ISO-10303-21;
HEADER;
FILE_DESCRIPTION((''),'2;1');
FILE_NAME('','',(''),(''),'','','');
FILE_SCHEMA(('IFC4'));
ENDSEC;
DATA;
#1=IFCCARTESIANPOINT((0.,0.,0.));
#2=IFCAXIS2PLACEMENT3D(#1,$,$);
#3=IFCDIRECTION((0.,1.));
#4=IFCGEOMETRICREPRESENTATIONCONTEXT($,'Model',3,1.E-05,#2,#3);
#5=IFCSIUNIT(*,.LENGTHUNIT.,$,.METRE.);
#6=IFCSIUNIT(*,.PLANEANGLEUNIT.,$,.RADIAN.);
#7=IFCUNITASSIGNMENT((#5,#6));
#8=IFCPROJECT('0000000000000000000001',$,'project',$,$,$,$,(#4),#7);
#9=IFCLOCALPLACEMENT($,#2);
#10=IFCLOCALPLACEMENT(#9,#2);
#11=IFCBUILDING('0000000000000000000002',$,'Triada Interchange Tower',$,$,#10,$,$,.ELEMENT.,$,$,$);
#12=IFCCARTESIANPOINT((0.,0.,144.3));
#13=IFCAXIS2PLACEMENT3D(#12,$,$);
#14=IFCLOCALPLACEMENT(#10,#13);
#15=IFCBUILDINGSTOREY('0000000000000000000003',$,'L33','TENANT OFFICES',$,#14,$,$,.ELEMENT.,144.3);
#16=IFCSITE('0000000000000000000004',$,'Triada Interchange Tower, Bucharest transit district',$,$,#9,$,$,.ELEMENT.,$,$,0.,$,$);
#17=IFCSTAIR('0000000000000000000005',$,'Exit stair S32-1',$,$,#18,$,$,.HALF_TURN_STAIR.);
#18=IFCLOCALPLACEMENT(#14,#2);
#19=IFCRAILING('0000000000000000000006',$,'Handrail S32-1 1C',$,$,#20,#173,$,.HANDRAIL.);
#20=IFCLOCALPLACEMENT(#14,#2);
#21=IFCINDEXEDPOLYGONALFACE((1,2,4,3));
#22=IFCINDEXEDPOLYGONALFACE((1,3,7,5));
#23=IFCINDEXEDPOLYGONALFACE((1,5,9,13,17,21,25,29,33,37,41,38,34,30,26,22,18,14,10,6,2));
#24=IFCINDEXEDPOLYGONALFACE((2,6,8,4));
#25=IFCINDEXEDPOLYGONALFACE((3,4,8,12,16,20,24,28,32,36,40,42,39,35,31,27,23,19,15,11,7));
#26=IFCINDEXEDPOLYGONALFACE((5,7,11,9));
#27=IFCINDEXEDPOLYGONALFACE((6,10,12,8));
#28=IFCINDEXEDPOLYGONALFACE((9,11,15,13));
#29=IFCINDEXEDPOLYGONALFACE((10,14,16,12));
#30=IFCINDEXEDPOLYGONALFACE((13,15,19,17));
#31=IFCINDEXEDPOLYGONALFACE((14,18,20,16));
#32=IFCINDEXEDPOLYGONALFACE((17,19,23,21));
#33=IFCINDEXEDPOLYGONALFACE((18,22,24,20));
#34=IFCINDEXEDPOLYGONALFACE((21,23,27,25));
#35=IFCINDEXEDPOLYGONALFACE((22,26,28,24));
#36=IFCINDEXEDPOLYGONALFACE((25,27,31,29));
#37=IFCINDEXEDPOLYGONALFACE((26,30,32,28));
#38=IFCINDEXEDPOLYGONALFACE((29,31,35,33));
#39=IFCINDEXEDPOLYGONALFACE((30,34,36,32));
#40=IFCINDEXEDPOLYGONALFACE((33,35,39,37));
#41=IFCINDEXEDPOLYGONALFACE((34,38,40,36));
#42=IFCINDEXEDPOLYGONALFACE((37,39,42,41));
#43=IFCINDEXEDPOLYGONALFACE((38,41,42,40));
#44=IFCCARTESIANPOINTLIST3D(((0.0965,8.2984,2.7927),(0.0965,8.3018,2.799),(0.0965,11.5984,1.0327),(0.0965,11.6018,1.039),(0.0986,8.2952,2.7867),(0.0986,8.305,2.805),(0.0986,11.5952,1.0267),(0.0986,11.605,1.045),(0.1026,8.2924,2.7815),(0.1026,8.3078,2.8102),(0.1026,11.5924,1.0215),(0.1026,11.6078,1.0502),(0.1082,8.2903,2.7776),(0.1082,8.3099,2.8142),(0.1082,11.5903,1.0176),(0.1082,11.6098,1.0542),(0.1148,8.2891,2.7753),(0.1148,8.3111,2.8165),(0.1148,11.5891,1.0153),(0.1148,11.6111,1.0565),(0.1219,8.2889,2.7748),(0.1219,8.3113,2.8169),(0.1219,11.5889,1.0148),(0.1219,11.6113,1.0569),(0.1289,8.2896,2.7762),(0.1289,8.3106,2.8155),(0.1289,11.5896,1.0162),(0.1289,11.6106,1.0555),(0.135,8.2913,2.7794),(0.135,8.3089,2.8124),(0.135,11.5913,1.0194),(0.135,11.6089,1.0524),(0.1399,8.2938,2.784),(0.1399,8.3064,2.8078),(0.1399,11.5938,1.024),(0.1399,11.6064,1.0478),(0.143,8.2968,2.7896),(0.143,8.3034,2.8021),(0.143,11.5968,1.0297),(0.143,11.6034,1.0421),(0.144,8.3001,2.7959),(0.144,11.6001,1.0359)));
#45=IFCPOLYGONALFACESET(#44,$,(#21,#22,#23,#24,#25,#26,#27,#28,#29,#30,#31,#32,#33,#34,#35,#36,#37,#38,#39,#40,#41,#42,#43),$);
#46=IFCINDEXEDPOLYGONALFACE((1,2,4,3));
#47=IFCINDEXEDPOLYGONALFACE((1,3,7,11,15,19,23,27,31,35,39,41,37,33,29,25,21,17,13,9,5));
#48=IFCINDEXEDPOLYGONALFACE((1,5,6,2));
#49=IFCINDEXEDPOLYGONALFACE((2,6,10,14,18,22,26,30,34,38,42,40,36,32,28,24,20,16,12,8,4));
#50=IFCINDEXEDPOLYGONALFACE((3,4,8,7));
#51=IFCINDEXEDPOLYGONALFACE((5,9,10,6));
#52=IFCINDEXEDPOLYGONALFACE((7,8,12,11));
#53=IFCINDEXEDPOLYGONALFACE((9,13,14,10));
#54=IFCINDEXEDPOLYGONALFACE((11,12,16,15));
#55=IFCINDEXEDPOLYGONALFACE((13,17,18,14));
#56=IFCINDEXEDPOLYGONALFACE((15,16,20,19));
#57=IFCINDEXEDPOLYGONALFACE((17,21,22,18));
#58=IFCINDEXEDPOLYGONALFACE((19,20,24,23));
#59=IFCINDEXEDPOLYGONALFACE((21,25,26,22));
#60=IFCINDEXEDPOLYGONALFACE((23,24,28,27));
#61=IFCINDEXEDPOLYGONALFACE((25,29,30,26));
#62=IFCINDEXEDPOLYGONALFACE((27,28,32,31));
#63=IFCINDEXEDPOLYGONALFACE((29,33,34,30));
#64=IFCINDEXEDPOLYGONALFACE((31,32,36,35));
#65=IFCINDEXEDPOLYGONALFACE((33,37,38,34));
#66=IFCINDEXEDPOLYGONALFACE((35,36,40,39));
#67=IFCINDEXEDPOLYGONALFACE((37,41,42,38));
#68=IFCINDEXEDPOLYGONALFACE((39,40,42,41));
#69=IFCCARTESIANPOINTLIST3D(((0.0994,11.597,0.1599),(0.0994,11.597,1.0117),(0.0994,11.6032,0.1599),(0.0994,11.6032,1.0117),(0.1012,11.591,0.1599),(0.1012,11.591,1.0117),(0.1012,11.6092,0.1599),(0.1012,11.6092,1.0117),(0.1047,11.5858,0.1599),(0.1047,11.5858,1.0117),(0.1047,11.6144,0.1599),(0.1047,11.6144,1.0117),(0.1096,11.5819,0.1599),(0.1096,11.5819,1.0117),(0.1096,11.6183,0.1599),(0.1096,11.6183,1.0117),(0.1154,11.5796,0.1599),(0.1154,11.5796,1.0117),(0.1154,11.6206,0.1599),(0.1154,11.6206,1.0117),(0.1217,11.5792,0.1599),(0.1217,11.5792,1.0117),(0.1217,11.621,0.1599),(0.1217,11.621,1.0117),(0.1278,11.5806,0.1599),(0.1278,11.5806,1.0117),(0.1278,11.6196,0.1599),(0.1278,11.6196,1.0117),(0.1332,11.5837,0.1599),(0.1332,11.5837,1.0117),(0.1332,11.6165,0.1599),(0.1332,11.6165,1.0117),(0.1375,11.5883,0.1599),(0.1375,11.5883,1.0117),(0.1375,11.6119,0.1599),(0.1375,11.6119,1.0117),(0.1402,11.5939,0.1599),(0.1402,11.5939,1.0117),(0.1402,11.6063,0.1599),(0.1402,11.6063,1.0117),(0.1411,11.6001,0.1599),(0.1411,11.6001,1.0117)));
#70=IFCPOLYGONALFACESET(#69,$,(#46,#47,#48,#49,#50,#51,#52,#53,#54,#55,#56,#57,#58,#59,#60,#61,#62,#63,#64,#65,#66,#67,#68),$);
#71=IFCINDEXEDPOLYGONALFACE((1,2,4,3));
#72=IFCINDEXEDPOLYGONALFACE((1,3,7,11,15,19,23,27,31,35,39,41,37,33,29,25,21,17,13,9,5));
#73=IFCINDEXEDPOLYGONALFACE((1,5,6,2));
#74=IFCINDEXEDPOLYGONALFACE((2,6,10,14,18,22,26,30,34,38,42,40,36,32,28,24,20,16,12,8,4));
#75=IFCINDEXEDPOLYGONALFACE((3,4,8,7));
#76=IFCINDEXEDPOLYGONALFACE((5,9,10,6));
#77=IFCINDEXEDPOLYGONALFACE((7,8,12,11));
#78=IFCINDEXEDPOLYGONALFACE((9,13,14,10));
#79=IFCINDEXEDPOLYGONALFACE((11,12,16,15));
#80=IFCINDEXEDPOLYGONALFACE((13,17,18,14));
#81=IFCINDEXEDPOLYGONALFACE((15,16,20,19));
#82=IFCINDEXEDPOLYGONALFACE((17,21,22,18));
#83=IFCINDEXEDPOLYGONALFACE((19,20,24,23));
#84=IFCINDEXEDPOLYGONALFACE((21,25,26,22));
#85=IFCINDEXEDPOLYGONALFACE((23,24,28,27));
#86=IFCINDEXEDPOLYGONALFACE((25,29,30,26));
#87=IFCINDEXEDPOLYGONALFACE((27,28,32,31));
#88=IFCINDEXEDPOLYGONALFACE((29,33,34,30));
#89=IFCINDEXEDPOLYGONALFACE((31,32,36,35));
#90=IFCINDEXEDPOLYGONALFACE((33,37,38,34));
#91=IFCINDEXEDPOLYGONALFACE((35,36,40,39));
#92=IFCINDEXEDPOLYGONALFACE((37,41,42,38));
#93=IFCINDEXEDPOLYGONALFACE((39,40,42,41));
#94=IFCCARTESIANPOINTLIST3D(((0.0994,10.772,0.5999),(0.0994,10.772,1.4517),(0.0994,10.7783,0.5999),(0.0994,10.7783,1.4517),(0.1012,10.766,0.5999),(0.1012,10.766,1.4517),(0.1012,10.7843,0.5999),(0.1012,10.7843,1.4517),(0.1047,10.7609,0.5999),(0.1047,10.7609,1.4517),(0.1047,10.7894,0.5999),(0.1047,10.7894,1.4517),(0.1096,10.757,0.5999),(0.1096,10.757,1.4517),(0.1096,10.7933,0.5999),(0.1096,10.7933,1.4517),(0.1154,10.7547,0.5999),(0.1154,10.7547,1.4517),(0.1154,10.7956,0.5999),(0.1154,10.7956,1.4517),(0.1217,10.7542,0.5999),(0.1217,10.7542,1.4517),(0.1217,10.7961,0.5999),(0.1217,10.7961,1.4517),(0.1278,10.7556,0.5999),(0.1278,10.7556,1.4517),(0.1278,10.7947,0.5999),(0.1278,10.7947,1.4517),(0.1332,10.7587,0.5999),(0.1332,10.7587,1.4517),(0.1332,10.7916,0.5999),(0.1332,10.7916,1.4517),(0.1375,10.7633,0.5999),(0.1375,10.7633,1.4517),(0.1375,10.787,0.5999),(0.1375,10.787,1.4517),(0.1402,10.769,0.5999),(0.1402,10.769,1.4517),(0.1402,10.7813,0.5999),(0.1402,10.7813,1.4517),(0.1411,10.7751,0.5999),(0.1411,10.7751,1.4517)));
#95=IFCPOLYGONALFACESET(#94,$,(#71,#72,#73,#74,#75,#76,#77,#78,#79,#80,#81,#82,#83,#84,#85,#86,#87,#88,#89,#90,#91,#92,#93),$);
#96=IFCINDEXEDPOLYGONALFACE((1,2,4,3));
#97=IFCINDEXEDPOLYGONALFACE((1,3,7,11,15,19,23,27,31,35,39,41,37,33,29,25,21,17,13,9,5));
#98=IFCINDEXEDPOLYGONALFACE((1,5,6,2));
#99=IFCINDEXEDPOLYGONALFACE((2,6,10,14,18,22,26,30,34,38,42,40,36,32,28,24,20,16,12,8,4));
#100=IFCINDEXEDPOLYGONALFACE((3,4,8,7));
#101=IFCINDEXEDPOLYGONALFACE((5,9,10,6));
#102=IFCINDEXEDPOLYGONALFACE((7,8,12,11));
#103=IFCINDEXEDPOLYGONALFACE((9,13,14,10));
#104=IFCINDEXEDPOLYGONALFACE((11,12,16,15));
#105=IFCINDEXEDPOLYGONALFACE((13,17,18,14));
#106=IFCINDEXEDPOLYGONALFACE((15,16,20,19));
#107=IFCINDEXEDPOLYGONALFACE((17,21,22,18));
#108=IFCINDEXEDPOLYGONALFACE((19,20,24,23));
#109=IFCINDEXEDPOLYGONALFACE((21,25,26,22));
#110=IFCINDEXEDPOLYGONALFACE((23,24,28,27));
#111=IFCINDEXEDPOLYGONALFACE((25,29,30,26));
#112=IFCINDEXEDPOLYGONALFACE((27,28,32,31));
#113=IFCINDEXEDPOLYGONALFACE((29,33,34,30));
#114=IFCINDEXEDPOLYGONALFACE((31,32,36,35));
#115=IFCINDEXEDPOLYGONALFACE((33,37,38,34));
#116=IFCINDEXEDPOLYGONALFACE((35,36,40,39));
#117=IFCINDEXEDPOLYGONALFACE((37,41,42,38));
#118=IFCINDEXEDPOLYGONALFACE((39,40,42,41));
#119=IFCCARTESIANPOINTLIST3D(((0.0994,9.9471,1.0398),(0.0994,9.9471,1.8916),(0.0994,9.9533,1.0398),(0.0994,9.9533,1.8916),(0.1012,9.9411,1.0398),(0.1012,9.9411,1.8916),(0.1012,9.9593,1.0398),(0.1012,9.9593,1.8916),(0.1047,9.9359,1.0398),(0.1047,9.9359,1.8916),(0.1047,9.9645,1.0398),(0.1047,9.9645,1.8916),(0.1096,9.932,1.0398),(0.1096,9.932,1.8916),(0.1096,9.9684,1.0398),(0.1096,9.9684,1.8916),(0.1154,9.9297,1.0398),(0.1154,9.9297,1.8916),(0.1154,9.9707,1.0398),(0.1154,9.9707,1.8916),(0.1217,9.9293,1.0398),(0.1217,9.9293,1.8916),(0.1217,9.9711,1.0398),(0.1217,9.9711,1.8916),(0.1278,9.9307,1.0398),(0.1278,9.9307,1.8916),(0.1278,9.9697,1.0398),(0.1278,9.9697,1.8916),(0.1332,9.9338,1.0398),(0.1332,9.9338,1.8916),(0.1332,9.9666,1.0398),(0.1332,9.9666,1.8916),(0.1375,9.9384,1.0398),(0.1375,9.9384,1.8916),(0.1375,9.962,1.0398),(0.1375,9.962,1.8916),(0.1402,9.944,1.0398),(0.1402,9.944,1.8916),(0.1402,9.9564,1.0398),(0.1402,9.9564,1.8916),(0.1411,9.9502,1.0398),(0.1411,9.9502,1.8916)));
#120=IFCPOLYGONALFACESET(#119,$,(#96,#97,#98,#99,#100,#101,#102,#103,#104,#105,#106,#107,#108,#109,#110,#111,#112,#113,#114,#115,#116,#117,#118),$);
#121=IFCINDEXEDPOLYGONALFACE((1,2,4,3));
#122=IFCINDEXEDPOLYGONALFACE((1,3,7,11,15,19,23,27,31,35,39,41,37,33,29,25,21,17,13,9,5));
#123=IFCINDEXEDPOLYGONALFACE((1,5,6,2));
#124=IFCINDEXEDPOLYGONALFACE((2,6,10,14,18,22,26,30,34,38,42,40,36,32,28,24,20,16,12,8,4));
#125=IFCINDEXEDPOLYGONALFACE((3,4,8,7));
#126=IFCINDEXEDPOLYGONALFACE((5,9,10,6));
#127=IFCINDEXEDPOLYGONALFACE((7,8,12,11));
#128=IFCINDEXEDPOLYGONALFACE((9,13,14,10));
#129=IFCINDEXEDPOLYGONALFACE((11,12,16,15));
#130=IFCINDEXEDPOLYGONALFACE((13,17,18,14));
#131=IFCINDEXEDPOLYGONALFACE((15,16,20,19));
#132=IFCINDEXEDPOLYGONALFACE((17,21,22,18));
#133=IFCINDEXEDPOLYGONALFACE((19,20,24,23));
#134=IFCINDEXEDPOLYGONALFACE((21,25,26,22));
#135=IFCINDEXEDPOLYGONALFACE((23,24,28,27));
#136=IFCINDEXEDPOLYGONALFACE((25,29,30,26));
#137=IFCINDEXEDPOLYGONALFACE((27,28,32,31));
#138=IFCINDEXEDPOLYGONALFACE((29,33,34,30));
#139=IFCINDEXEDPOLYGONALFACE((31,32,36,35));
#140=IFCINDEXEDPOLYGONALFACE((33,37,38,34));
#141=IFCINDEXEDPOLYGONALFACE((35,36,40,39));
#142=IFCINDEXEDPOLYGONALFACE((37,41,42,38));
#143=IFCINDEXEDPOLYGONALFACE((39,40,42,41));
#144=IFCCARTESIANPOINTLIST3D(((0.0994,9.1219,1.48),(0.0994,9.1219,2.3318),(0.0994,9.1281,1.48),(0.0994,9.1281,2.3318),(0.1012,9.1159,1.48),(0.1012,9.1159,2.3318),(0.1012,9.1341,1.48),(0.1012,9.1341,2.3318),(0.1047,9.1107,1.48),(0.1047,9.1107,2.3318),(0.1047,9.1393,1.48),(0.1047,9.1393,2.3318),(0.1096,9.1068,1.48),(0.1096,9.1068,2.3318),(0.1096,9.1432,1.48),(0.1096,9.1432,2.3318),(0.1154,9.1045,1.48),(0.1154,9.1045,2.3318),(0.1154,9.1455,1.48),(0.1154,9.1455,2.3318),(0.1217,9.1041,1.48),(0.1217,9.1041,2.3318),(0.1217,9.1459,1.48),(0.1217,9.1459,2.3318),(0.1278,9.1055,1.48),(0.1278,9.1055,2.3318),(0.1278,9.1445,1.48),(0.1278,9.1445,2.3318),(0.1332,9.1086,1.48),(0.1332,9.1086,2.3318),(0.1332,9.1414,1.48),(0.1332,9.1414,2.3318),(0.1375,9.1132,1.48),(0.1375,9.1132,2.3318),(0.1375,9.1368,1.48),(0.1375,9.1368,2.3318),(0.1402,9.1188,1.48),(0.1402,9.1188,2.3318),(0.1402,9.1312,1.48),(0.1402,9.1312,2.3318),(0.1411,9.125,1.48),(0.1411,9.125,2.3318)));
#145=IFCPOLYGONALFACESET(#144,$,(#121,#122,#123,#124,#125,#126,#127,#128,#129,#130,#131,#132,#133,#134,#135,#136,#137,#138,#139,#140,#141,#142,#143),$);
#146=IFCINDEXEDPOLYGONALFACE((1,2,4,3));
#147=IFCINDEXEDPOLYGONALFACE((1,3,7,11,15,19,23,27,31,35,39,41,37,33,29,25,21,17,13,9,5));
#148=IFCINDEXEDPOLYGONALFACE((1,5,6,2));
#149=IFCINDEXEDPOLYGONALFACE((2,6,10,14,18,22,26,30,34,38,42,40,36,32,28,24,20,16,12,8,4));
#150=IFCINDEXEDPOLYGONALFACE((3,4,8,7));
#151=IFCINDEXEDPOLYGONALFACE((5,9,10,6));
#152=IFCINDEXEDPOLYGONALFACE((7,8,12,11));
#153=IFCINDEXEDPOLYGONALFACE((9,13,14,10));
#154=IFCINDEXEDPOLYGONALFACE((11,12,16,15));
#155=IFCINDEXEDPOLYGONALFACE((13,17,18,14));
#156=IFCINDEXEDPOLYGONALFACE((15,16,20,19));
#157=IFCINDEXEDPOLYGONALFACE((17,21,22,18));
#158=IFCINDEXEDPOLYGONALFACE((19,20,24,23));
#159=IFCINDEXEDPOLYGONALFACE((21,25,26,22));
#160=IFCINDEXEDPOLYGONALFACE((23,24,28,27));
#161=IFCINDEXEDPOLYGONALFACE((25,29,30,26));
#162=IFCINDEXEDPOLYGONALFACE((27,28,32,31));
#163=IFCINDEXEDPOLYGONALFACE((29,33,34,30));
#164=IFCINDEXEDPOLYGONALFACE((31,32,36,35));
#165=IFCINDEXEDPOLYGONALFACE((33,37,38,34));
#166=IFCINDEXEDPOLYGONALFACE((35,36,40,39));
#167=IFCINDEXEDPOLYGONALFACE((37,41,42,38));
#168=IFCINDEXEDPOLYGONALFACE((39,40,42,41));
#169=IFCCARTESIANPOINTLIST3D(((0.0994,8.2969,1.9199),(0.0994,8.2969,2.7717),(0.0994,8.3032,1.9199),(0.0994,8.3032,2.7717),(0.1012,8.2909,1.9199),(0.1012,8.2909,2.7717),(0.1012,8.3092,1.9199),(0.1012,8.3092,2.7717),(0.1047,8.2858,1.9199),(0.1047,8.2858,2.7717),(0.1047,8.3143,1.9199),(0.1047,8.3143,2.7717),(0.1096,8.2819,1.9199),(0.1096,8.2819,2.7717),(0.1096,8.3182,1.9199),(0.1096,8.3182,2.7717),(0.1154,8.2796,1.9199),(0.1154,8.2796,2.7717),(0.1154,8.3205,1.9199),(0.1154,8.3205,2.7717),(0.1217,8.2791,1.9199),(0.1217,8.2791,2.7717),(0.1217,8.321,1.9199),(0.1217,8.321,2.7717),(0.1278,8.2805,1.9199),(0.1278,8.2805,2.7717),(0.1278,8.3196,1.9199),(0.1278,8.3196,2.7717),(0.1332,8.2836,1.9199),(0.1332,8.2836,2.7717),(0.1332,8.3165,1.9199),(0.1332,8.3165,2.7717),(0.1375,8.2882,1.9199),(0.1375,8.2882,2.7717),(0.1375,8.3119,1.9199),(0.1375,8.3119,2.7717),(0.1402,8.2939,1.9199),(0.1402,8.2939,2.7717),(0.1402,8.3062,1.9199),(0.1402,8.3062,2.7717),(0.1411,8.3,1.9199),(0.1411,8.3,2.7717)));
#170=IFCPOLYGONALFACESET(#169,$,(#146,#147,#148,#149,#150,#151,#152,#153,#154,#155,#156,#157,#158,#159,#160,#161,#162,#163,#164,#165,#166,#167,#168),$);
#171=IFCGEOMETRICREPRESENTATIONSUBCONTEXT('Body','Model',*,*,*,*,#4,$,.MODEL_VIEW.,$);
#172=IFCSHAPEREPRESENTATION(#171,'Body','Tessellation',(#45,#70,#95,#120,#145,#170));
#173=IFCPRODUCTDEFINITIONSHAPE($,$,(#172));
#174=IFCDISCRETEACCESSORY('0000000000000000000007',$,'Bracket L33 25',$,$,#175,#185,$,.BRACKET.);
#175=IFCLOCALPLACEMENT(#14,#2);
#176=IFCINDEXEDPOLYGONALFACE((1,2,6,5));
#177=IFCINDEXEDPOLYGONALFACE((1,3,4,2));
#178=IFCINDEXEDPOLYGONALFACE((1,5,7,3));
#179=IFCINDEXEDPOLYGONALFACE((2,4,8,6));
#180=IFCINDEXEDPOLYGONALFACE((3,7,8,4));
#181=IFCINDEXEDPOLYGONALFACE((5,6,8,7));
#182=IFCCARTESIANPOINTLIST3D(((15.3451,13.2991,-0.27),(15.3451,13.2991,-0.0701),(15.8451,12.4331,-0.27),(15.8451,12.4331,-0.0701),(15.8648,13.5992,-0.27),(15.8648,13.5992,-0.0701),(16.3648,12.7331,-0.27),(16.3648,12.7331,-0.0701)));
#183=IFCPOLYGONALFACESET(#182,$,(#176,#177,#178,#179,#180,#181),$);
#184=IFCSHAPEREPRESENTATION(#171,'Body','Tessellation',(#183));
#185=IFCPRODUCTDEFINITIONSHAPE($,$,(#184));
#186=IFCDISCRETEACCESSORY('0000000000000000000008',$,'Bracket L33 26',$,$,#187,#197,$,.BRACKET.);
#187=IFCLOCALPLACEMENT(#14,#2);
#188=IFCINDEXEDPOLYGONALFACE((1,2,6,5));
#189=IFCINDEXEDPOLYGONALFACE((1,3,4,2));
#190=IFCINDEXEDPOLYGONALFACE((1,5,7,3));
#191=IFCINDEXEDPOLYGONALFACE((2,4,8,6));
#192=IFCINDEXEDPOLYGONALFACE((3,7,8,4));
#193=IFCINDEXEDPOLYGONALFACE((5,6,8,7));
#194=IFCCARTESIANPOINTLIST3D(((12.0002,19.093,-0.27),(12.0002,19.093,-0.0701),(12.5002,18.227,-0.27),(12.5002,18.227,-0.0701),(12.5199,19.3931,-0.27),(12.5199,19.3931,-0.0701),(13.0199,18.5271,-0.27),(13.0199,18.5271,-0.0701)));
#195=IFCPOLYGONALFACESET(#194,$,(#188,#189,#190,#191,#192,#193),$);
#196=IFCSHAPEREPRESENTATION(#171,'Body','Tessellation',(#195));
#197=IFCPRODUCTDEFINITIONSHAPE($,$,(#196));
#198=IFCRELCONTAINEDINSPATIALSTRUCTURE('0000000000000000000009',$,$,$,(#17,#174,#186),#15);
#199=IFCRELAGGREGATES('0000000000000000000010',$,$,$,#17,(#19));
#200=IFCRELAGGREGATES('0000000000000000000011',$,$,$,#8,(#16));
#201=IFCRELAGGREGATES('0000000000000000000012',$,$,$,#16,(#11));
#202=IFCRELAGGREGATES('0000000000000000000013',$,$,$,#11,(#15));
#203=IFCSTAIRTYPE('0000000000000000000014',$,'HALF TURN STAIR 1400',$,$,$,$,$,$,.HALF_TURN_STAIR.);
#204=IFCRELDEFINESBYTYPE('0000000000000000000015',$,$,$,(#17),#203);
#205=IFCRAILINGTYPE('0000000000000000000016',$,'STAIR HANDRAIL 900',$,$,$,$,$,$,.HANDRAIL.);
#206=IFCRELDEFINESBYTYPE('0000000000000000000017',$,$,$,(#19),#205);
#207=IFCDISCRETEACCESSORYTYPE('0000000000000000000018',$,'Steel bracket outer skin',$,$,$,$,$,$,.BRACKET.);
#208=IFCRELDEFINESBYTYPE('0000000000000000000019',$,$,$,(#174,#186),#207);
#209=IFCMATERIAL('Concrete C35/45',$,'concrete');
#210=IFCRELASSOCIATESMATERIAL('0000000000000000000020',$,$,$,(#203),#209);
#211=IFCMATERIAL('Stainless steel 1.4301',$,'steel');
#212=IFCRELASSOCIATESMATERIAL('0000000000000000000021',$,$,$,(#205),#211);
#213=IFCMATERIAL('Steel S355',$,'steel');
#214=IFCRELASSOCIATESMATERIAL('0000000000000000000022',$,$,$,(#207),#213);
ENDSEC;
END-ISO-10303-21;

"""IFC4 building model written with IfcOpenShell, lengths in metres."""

from ifc_helpers import new_model, si_unit, direction, frame, origin, origin_2d, place, context, subcontext, project, spatial, rectangle, circle, extrude, material, type_object, element, aggregate, save


model = new_model("IFC4")

# Units and contexts
model_context = context("Model", 3, precision=1e-05, world=origin(), true_north=direction((0.0, 1.0)))
body_context = subcontext(model_context, "Body", "Model", "MODEL_VIEW")
ifc_project = project(units=[si_unit("LENGTHUNIT", "METRE"), si_unit("PLANEANGLEUNIT", "RADIAN")], contexts=[model_context])

# Site, building, storey
site_placement = place(None, origin())
site = spatial("IfcSite", under=ifc_project, at=site_placement, Name="Triada Interchange Tower, Bucharest transit district", CompositionType="ELEMENT", RefElevation=0.0)
building_placement = place(site_placement, origin())
building = spatial("IfcBuilding", under=site, at=building_placement, Name="Triada Interchange Tower", CompositionType="ELEMENT")
storey_placement = place(building_placement, frame((0.0, 0.0, 144.3)))
storey = spatial("IfcBuildingStorey", under=building, at=storey_placement, Name="L33", Description="TENANT OFFICES", CompositionType="ELEMENT", Elevation=144.3)

# Stair
ifc_material_1 = material(Name="Concrete C35/45", Category="concrete")
stair_type = type_object("IfcStairType", Name="HALF TURN STAIR 1400", PredefinedType="HALF_TURN_STAIR", material=ifc_material_1)
stair_placement = place(storey_placement, origin())
stair = element("IfcStair", 1, at=stair_placement, inside=storey, type_object=stair_type, Name="Exit stair S32-1", PredefinedType="HALF_TURN_STAIR")

# Railing
ifc_material_2 = material(Name="Stainless steel 1.4301", Category="steel")
railing_type = type_object("IfcRailingType", Name="STAIR HANDRAIL 900", PredefinedType="HANDRAIL", material=ifc_material_2)
railing_1_placement = place(storey_placement, frame((0.1201, 11.6001, 0.1599)))
railing_1 = element("IfcRailing", 2, at=railing_1_placement, type_object=railing_type, Name="Handrail S32-1 1C", PredefinedType="HANDRAIL", context=body_context, shape_type="SweptSolid", body=[
    extrude(circle(Radius=0.0239, at=origin_2d()), frame((0.0, 0.0, 0.876), z_axis=(0.0, -0.882355, 0.470585), x_axis=(1.0, 0.0, 0.0)), (0.0, 0.0, 1.0), 3.74),
    extrude(circle(Radius=0.021, at=origin_2d()), origin(), (0.0, 0.0, 1.0), 0.8518),
    extrude(circle(Radius=0.021, at=origin_2d()), frame((0.0, -0.825, 0.4399)), (0.0, 0.0, 1.0), 0.8518),
    extrude(circle(Radius=0.021, at=origin_2d()), frame((0.0, -1.6499, 0.8799)), (0.0, 0.0, 1.0), 0.8518),
    extrude(circle(Radius=0.021, at=origin_2d()), frame((0.0, -2.4751, 1.3201)), (0.0, 0.0, 1.0), 0.8518),
    extrude(circle(Radius=0.021, at=origin_2d()), frame((0.0, -3.3, 1.76)), (0.0, 0.0, 1.0), 0.8518),
])
aggregate(stair, [railing_1])

# Discrete accessories
ifc_material_3 = material(Name="Steel S355", Category="steel")
discrete_accessory_type = type_object("IfcDiscreteAccessoryType", Name="Steel bracket outer skin", PredefinedType="BRACKET", material=ifc_material_3)
for number, where, z_axis, x_axis, name in (
    (3, (15.855, 13.0161, -0.27), (0.0, 0.0, 1.0), (0.866021, 0.500007, 0.0), "Bracket L33 25"),
    (4, (12.51, 18.8101, -0.27), (0.0, 0.0, 1.0), (0.866021, 0.500007, 0.0), "Bracket L33 26"),
):
    element("IfcDiscreteAccessory", number, at=place(storey_placement, frame(where, z_axis=z_axis, x_axis=x_axis)), inside=storey, type_object=discrete_accessory_type, Name=name, PredefinedType="BRACKET", context=body_context, shape_type="SweptSolid", body=[
        extrude(rectangle(XDim=0.6001, YDim=1.0, at=origin_2d()), origin(), (0.0, 0.0, 1.0), 0.2),
    ])

save(model, "model.ifc")
